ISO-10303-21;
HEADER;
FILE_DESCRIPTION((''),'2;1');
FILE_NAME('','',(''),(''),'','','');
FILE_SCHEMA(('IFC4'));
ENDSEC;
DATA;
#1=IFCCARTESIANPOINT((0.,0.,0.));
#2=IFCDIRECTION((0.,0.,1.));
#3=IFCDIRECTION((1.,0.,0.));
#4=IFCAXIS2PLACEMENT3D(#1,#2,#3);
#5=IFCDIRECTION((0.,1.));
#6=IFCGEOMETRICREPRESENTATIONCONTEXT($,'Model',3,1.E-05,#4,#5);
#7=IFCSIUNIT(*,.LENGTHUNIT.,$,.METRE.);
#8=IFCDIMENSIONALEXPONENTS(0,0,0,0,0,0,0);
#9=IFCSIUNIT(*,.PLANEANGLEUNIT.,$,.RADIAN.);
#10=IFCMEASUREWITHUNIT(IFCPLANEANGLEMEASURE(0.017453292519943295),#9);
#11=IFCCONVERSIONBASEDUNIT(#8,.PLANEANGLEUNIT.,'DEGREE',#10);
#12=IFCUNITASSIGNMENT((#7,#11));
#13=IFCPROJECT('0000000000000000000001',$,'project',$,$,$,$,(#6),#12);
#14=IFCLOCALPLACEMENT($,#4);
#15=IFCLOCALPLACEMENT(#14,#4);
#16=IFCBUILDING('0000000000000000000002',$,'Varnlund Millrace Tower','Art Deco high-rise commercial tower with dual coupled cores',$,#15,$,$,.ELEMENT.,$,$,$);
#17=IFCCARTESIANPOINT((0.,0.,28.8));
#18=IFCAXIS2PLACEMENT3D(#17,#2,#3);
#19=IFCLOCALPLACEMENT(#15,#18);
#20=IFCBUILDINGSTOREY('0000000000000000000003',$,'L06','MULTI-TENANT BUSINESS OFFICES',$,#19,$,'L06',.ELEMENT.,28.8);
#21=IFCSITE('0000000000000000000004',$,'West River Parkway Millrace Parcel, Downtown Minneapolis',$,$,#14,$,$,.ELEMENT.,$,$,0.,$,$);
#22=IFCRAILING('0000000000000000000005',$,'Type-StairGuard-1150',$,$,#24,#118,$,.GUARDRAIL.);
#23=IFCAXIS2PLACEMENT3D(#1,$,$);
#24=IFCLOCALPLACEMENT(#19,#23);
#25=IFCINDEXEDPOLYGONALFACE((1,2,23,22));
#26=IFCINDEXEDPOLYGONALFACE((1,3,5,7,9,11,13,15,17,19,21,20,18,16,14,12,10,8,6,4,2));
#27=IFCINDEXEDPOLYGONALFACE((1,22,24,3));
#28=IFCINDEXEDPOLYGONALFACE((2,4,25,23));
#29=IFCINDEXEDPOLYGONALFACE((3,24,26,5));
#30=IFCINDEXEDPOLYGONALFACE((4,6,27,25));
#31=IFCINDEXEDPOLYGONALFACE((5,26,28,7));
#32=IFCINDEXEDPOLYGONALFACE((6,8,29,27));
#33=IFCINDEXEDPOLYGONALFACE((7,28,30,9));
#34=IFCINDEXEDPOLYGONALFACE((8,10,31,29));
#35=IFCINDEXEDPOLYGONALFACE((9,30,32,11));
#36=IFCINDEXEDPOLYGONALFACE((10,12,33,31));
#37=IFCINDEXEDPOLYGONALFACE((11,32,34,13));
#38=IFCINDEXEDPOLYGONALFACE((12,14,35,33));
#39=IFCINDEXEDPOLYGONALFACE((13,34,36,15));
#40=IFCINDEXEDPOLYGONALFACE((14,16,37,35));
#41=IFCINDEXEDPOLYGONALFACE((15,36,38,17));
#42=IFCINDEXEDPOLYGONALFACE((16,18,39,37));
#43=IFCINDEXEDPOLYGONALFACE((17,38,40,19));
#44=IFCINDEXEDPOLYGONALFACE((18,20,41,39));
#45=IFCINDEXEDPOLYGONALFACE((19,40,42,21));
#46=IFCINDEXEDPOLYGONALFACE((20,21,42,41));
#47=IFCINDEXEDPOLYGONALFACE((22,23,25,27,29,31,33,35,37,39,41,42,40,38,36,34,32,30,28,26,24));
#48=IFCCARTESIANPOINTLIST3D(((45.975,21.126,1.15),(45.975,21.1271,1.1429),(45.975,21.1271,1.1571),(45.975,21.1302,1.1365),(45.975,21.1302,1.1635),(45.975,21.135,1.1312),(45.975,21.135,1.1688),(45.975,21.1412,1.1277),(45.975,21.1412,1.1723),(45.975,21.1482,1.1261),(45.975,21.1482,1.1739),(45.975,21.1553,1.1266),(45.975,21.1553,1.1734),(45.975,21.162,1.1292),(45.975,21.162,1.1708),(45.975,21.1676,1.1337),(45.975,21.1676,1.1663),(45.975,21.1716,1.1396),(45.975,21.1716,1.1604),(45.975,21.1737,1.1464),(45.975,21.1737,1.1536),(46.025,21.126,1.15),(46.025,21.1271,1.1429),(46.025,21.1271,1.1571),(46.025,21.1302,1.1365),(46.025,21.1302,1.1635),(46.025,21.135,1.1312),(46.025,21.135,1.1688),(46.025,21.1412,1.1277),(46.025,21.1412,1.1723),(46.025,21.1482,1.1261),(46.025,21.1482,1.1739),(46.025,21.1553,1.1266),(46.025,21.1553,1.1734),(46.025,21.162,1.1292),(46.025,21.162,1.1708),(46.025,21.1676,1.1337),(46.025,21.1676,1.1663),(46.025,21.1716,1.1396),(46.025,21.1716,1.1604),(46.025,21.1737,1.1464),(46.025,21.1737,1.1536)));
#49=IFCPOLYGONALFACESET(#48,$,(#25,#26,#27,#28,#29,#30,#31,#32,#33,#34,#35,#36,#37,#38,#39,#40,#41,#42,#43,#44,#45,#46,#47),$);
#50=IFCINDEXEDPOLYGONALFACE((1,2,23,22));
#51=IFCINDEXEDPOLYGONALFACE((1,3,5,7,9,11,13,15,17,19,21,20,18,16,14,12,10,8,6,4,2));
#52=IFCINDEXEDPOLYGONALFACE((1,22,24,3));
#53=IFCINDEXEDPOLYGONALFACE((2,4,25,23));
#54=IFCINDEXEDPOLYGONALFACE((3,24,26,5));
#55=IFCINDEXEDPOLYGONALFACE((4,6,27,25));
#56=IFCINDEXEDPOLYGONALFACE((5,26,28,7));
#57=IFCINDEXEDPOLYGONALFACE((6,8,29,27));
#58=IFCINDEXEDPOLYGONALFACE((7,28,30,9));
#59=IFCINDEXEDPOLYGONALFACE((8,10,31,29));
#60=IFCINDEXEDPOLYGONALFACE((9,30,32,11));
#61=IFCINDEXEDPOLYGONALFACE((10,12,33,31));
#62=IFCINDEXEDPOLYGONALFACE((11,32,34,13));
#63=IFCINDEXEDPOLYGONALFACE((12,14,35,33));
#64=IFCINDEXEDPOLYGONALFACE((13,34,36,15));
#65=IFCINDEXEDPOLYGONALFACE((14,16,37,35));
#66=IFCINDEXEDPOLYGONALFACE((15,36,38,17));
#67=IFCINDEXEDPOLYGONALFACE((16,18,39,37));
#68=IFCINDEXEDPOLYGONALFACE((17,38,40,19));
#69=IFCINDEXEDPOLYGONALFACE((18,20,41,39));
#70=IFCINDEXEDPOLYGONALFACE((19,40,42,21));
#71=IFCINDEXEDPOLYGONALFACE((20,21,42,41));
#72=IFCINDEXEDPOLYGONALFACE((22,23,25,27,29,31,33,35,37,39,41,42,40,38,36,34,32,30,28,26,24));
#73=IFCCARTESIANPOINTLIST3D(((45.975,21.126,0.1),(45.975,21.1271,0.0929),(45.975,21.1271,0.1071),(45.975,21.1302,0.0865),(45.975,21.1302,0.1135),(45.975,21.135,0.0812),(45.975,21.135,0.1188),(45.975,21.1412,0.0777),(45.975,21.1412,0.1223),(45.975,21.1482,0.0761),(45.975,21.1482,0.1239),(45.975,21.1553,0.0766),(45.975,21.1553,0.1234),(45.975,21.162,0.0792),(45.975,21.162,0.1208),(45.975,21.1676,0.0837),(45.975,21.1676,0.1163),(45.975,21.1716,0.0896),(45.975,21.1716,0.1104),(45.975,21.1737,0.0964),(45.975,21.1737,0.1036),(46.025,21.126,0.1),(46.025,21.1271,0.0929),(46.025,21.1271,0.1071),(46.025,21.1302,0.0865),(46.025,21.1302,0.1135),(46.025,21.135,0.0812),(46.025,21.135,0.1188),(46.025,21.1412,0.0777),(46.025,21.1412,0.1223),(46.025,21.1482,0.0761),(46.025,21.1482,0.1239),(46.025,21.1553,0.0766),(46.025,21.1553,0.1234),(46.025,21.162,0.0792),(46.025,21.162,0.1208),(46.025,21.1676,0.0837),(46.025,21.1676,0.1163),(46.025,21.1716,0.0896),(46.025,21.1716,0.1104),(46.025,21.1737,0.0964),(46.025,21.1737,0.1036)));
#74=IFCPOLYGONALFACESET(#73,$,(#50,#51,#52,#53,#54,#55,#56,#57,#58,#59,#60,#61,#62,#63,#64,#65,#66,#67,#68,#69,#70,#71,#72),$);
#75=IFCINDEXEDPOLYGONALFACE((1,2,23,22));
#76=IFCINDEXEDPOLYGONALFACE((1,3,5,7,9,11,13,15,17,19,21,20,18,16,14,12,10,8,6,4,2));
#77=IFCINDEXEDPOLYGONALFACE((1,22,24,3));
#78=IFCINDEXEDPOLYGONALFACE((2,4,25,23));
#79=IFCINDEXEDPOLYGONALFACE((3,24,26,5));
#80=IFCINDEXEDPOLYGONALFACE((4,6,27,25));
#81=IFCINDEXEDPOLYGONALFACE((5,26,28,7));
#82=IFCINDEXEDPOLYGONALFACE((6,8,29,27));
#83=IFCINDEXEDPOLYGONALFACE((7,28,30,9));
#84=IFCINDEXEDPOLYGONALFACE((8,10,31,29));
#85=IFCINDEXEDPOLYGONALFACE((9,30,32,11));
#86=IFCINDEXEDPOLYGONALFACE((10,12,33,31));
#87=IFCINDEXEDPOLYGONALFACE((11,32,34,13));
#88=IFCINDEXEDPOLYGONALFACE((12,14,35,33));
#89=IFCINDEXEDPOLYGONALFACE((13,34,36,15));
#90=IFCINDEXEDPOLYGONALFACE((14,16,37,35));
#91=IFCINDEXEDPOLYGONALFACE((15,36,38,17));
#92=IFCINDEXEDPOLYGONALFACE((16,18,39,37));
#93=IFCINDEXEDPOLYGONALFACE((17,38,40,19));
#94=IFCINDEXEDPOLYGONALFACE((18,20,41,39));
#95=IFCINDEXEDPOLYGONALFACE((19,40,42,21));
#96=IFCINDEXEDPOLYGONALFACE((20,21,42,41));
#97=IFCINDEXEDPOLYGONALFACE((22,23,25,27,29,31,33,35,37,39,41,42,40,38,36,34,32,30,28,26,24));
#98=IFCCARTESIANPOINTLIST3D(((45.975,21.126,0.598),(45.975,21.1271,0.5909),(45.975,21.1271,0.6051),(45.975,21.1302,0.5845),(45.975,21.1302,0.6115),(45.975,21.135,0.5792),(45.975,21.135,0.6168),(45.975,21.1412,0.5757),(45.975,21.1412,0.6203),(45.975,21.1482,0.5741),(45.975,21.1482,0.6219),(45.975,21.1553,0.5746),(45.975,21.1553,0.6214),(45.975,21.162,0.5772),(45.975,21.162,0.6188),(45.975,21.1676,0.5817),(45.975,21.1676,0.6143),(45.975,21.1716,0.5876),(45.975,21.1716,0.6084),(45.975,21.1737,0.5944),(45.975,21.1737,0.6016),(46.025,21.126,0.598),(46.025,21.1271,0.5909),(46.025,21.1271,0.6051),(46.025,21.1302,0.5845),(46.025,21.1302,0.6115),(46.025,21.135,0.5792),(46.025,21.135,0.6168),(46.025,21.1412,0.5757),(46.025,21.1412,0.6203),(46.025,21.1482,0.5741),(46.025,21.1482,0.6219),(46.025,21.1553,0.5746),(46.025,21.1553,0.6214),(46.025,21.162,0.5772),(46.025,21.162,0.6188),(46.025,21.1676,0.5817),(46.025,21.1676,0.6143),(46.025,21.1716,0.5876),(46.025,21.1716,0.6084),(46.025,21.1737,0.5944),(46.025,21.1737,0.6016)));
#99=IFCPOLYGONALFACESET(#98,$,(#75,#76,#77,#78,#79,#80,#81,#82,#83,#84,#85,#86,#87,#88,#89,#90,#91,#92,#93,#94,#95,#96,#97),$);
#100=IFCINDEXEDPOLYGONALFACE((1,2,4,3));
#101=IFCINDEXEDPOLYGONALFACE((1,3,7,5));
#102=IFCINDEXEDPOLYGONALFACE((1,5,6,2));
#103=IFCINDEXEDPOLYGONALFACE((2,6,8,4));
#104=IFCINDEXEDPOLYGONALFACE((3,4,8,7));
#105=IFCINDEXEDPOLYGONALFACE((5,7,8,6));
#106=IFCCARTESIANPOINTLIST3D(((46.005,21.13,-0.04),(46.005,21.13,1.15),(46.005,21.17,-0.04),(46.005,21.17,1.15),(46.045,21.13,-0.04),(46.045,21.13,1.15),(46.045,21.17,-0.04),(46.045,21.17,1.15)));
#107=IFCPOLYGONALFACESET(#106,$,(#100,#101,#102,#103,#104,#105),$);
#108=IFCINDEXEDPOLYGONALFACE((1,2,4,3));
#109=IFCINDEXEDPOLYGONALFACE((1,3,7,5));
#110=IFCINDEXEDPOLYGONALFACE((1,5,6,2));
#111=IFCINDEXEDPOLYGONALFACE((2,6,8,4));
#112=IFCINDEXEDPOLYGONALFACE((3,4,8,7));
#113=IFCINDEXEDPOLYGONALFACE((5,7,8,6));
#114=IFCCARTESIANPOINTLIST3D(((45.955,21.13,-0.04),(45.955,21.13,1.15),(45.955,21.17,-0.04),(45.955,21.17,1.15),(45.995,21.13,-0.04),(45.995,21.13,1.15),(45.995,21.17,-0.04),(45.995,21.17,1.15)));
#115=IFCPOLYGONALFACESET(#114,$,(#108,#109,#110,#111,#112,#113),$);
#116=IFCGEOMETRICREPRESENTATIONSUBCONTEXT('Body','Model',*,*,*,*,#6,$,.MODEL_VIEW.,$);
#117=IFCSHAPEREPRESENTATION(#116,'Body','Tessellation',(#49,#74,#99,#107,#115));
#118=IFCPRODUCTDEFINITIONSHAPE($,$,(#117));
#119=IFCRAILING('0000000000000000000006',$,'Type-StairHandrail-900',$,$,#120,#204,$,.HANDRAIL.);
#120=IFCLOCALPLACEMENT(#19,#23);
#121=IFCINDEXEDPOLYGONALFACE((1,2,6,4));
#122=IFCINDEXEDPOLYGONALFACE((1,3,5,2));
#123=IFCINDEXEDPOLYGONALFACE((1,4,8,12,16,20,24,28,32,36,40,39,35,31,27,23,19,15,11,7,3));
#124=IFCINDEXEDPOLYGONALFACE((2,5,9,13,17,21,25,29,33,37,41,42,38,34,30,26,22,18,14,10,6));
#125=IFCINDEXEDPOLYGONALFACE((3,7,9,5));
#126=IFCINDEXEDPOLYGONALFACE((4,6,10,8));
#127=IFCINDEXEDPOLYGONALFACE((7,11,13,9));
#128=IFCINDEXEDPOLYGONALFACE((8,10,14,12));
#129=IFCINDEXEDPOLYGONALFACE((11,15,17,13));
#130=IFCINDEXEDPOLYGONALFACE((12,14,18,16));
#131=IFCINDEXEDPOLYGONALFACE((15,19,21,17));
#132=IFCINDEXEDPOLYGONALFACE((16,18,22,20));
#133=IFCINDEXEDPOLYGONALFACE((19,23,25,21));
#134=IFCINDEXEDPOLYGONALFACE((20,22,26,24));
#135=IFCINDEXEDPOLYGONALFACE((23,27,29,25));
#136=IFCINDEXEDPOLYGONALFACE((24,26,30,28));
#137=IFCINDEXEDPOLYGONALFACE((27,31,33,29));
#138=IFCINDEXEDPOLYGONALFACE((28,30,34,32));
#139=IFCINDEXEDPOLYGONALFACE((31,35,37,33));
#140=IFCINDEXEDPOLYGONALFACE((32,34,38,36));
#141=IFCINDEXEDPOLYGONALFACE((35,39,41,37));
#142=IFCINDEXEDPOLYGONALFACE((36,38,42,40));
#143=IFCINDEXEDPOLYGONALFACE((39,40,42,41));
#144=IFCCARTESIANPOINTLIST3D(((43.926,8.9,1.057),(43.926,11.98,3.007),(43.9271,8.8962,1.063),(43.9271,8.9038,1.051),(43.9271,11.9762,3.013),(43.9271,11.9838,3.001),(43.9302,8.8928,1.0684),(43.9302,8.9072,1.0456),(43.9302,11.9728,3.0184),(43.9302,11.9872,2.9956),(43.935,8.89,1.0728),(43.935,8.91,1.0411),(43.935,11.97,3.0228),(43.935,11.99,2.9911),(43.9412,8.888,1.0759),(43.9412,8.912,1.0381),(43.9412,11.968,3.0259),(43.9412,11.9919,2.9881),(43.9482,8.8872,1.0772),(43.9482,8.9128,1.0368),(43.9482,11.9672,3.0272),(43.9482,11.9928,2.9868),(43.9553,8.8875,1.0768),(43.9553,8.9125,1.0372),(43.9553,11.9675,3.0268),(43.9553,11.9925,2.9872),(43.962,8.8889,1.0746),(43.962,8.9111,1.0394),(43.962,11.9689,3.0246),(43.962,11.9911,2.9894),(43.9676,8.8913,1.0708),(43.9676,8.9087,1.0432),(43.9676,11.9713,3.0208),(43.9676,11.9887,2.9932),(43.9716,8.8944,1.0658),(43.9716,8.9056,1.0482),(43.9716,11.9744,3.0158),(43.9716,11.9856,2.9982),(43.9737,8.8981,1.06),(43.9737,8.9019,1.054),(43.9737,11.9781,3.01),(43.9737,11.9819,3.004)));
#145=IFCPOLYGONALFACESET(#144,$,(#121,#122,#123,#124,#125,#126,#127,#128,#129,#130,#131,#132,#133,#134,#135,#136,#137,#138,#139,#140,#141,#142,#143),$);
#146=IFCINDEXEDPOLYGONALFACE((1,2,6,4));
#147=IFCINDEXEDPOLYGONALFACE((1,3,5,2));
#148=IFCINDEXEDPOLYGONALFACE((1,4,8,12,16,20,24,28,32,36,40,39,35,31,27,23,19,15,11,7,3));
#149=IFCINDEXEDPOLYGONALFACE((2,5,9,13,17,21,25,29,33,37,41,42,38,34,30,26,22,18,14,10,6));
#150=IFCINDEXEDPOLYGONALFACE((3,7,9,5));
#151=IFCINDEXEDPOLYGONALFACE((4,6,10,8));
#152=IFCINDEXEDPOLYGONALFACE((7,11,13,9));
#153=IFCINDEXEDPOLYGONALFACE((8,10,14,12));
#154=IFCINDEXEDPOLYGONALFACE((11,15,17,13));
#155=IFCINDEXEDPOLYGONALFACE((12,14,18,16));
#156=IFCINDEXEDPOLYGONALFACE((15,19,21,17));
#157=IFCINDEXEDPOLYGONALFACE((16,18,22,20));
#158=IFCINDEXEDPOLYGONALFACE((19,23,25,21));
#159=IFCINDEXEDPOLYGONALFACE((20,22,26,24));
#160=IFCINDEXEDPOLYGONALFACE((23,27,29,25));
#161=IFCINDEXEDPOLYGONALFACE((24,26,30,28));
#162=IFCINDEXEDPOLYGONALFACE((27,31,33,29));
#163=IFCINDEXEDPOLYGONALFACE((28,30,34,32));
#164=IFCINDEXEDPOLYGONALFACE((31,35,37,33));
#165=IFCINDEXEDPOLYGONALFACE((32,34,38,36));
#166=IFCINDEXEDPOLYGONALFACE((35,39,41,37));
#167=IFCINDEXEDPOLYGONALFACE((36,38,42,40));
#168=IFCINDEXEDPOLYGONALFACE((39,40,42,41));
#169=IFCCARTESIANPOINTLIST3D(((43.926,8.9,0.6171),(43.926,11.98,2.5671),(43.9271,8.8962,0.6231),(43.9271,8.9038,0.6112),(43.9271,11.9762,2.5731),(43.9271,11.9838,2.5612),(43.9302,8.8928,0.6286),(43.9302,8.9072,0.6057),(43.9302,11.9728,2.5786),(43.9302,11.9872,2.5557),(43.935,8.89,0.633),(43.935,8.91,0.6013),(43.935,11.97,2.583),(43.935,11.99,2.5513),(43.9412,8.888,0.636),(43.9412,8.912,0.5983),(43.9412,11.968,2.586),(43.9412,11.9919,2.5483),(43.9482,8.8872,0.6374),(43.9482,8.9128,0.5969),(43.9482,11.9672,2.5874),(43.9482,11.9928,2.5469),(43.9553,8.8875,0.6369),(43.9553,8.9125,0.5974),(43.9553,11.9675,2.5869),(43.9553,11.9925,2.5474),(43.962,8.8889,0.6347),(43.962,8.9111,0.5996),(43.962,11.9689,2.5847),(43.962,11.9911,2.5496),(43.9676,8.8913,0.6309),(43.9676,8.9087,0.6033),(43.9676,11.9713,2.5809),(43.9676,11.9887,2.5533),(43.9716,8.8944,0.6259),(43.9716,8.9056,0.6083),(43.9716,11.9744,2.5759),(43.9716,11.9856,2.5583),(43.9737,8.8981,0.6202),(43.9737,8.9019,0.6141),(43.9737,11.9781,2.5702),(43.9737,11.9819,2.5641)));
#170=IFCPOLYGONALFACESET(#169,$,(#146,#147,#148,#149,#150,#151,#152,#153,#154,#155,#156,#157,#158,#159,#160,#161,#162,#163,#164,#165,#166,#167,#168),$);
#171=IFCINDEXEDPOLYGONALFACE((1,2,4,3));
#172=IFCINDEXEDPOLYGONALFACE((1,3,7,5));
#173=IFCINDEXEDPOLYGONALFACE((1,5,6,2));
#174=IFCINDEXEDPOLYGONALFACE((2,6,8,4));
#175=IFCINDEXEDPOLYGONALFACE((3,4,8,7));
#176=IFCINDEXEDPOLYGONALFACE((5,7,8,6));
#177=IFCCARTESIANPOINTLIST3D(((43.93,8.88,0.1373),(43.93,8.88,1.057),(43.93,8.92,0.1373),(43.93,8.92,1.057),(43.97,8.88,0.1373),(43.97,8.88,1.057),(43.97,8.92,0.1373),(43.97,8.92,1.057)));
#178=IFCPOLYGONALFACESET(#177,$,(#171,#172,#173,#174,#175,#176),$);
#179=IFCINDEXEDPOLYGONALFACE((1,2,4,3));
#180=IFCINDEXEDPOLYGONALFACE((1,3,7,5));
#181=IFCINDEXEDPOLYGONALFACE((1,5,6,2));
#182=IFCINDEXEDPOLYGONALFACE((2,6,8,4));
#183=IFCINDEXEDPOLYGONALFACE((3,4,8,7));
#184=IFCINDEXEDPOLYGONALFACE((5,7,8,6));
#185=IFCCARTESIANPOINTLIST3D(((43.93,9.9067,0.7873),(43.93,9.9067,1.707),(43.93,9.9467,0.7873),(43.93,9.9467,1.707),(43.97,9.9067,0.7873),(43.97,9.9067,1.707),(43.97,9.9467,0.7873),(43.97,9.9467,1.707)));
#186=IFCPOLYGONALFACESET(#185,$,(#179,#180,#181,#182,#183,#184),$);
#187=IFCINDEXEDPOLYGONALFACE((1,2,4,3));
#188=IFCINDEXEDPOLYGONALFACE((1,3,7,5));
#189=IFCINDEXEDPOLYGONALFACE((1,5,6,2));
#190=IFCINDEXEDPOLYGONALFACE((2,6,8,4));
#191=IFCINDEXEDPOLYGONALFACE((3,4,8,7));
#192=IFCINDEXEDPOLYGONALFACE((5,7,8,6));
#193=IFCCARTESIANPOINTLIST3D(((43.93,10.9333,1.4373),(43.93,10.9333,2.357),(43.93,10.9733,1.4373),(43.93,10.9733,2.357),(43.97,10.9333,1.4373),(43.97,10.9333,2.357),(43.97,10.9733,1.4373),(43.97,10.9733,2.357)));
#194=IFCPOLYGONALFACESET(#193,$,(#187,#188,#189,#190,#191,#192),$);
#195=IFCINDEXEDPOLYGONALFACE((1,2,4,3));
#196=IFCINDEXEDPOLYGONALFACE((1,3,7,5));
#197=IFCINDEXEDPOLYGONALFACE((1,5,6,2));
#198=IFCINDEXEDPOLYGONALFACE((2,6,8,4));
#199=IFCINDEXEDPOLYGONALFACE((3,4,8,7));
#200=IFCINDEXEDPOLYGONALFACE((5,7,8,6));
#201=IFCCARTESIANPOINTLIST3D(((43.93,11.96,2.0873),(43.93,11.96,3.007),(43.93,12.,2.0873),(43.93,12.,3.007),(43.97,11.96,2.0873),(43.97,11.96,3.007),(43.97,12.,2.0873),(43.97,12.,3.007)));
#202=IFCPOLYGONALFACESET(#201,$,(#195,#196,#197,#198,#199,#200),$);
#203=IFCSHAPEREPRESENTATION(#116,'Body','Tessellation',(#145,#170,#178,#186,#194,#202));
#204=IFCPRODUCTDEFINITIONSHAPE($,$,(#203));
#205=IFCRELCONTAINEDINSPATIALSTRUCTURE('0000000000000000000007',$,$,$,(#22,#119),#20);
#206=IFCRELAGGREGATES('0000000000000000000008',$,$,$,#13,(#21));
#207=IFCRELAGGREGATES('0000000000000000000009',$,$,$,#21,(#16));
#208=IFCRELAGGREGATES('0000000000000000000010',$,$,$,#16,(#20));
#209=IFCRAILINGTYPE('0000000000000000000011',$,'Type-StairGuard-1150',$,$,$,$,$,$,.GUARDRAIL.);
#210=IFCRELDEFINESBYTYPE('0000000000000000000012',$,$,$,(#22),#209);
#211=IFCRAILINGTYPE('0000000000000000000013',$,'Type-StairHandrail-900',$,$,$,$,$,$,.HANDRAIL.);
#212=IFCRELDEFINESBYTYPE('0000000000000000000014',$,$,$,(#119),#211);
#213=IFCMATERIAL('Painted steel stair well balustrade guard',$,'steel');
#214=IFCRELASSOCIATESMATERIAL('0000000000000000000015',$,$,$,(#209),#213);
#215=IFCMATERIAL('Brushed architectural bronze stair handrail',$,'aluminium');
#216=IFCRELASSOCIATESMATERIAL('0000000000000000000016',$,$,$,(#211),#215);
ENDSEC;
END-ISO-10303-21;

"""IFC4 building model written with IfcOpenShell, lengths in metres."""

from ifc_helpers import new_model, entity, si_unit, converted_unit, direction, frame, origin_with_axes, origin_2d_with_axis, place, context, subcontext, project, spatial, rectangle, circle, extrude, material, type_object, element, save


model = new_model("IFC4")

# Units and contexts
model_context = context("Model", 3, precision=1e-05, world=origin_with_axes(), true_north=direction((0.0, 1.0)))
body_context = subcontext(model_context, "Body", "Model", "MODEL_VIEW")
ifc_project = project(units=[si_unit("LENGTHUNIT", "METRE"), converted_unit("PLANEANGLEUNIT", "DEGREE", entity("IfcPlaneAngleMeasure", 0.017453292519943295), si_unit("PLANEANGLEUNIT", "RADIAN"), dimensions=[0, 0, 0, 0, 0, 0, 0])], contexts=[model_context])

# Site, building, storey
site_placement = place(None, origin_with_axes())
site = spatial("IfcSite", under=ifc_project, at=site_placement, Name="West River Parkway Millrace Parcel, Downtown Minneapolis", CompositionType="ELEMENT", RefElevation=0.0)
building_placement = place(site_placement, origin_with_axes())
building = spatial("IfcBuilding", under=site, at=building_placement, Name="Varnlund Millrace Tower", Description="Art Deco high-rise commercial tower with dual coupled cores", CompositionType="ELEMENT")
storey_placement = place(building_placement, frame((0.0, 0.0, 28.8), z_axis=(0.0, 0.0, 1.0), x_axis=(1.0, 0.0, 0.0)))
storey = spatial("IfcBuildingStorey", under=building, at=storey_placement, Name="L06", Description="MULTI-TENANT BUSINESS OFFICES", LongName="L06", CompositionType="ELEMENT", Elevation=28.8)

# Railings
ifc_material_1 = material(Name="Painted steel stair well balustrade guard", Category="steel")
railing_type_1 = type_object("IfcRailingType", Name="Type-StairGuard-1150", PredefinedType="GUARDRAIL", material=ifc_material_1)
railing_1_placement = place(storey_placement, frame((0.0, 0.0, -28.8), z_axis=(0.0, 0.0, 1.0), x_axis=(1.0, 0.0, 0.0)))
element("IfcRailing", 1, at=railing_1_placement, inside=storey, type_object=railing_type_1, Name="Type-StairGuard-1150", PredefinedType="GUARDRAIL", context=body_context, shape_type="SweptSolid", body=[
    extrude(circle(Radius=0.024, at=origin_2d_with_axis()), frame((46.025, 21.15, 29.95), z_axis=(-1.0, 0.0, 0.0), x_axis=(0.0, -1.0, 0.0)), (0.0, 0.0, 1.0), 0.05),
    extrude(circle(Radius=0.024, at=origin_2d_with_axis()), frame((46.025, 21.15, 28.9), z_axis=(-1.0, 0.0, 0.0), x_axis=(0.0, -1.0, 0.0)), (0.0, 0.0, 1.0), 0.05),
    extrude(circle(Radius=0.024, at=origin_2d_with_axis()), frame((46.025, 21.15, 29.398), z_axis=(-1.0, 0.0, 0.0), x_axis=(0.0, -1.0, 0.0)), (0.0, 0.0, 1.0), 0.05),
    extrude(rectangle(XDim=0.04, YDim=0.04, at=origin_2d_with_axis()), frame((46.025, 21.15, 28.76), z_axis=(0.0, 0.0, 1.0), x_axis=(1.0, 0.0, 0.0)), (0.0, 0.0, 1.0), 1.19),
    extrude(rectangle(XDim=0.04, YDim=0.04, at=origin_2d_with_axis()), frame((45.975, 21.15, 28.76), z_axis=(0.0, 0.0, 1.0), x_axis=(1.0, 0.0, 0.0)), (0.0, 0.0, 1.0), 1.19),
])
ifc_material_2 = material(Name="Brushed architectural bronze stair handrail", Category="aluminium")
railing_type_2 = type_object("IfcRailingType", Name="Type-StairHandrail-900", PredefinedType="HANDRAIL", material=ifc_material_2)
railing_2_placement = place(storey_placement, frame((0.0, 0.0, -28.8), z_axis=(0.0, 0.0, 1.0), x_axis=(1.0, 0.0, 0.0)))
element("IfcRailing", 2, at=railing_2_placement, inside=storey, type_object=railing_type_2, Name="Type-StairHandrail-900", PredefinedType="HANDRAIL", context=body_context, shape_type="SweptSolid", body=[
    extrude(circle(Radius=0.024, at=origin_2d_with_axis()), frame((43.95, 8.9, 29.857), z_axis=(0.0, 0.844902, 0.534922), x_axis=(-1.0, 0.0, 0.0)), (0.0, 0.0, 1.0), 3.6454),
    extrude(circle(Radius=0.024, at=origin_2d_with_axis()), frame((43.95, 8.9, 29.4171), z_axis=(0.0, 0.844902, 0.534922), x_axis=(-1.0, 0.0, 0.0)), (0.0, 0.0, 1.0), 3.6454),
    extrude(rectangle(XDim=0.04, YDim=0.04, at=origin_2d_with_axis()), frame((43.95, 8.9, 28.9373), z_axis=(0.0, 0.0, 1.0), x_axis=(1.0, 0.0, 0.0)), (0.0, 0.0, 1.0), 0.9197),
    extrude(rectangle(XDim=0.04, YDim=0.04, at=origin_2d_with_axis()), frame((43.95, 9.9267, 29.5873), z_axis=(0.0, 0.0, 1.0), x_axis=(1.0, 0.0, 0.0)), (0.0, 0.0, 1.0), 0.9197),
    extrude(rectangle(XDim=0.04, YDim=0.04, at=origin_2d_with_axis()), frame((43.95, 10.9533, 30.2373), z_axis=(0.0, 0.0, 1.0), x_axis=(1.0, 0.0, 0.0)), (0.0, 0.0, 1.0), 0.9197),
    extrude(rectangle(XDim=0.04, YDim=0.04, at=origin_2d_with_axis()), frame((43.95, 11.98, 30.8873), z_axis=(0.0, 0.0, 1.0), x_axis=(1.0, 0.0, 0.0)), (0.0, 0.0, 1.0), 0.9197),
])

save(model, "model.ifc")
